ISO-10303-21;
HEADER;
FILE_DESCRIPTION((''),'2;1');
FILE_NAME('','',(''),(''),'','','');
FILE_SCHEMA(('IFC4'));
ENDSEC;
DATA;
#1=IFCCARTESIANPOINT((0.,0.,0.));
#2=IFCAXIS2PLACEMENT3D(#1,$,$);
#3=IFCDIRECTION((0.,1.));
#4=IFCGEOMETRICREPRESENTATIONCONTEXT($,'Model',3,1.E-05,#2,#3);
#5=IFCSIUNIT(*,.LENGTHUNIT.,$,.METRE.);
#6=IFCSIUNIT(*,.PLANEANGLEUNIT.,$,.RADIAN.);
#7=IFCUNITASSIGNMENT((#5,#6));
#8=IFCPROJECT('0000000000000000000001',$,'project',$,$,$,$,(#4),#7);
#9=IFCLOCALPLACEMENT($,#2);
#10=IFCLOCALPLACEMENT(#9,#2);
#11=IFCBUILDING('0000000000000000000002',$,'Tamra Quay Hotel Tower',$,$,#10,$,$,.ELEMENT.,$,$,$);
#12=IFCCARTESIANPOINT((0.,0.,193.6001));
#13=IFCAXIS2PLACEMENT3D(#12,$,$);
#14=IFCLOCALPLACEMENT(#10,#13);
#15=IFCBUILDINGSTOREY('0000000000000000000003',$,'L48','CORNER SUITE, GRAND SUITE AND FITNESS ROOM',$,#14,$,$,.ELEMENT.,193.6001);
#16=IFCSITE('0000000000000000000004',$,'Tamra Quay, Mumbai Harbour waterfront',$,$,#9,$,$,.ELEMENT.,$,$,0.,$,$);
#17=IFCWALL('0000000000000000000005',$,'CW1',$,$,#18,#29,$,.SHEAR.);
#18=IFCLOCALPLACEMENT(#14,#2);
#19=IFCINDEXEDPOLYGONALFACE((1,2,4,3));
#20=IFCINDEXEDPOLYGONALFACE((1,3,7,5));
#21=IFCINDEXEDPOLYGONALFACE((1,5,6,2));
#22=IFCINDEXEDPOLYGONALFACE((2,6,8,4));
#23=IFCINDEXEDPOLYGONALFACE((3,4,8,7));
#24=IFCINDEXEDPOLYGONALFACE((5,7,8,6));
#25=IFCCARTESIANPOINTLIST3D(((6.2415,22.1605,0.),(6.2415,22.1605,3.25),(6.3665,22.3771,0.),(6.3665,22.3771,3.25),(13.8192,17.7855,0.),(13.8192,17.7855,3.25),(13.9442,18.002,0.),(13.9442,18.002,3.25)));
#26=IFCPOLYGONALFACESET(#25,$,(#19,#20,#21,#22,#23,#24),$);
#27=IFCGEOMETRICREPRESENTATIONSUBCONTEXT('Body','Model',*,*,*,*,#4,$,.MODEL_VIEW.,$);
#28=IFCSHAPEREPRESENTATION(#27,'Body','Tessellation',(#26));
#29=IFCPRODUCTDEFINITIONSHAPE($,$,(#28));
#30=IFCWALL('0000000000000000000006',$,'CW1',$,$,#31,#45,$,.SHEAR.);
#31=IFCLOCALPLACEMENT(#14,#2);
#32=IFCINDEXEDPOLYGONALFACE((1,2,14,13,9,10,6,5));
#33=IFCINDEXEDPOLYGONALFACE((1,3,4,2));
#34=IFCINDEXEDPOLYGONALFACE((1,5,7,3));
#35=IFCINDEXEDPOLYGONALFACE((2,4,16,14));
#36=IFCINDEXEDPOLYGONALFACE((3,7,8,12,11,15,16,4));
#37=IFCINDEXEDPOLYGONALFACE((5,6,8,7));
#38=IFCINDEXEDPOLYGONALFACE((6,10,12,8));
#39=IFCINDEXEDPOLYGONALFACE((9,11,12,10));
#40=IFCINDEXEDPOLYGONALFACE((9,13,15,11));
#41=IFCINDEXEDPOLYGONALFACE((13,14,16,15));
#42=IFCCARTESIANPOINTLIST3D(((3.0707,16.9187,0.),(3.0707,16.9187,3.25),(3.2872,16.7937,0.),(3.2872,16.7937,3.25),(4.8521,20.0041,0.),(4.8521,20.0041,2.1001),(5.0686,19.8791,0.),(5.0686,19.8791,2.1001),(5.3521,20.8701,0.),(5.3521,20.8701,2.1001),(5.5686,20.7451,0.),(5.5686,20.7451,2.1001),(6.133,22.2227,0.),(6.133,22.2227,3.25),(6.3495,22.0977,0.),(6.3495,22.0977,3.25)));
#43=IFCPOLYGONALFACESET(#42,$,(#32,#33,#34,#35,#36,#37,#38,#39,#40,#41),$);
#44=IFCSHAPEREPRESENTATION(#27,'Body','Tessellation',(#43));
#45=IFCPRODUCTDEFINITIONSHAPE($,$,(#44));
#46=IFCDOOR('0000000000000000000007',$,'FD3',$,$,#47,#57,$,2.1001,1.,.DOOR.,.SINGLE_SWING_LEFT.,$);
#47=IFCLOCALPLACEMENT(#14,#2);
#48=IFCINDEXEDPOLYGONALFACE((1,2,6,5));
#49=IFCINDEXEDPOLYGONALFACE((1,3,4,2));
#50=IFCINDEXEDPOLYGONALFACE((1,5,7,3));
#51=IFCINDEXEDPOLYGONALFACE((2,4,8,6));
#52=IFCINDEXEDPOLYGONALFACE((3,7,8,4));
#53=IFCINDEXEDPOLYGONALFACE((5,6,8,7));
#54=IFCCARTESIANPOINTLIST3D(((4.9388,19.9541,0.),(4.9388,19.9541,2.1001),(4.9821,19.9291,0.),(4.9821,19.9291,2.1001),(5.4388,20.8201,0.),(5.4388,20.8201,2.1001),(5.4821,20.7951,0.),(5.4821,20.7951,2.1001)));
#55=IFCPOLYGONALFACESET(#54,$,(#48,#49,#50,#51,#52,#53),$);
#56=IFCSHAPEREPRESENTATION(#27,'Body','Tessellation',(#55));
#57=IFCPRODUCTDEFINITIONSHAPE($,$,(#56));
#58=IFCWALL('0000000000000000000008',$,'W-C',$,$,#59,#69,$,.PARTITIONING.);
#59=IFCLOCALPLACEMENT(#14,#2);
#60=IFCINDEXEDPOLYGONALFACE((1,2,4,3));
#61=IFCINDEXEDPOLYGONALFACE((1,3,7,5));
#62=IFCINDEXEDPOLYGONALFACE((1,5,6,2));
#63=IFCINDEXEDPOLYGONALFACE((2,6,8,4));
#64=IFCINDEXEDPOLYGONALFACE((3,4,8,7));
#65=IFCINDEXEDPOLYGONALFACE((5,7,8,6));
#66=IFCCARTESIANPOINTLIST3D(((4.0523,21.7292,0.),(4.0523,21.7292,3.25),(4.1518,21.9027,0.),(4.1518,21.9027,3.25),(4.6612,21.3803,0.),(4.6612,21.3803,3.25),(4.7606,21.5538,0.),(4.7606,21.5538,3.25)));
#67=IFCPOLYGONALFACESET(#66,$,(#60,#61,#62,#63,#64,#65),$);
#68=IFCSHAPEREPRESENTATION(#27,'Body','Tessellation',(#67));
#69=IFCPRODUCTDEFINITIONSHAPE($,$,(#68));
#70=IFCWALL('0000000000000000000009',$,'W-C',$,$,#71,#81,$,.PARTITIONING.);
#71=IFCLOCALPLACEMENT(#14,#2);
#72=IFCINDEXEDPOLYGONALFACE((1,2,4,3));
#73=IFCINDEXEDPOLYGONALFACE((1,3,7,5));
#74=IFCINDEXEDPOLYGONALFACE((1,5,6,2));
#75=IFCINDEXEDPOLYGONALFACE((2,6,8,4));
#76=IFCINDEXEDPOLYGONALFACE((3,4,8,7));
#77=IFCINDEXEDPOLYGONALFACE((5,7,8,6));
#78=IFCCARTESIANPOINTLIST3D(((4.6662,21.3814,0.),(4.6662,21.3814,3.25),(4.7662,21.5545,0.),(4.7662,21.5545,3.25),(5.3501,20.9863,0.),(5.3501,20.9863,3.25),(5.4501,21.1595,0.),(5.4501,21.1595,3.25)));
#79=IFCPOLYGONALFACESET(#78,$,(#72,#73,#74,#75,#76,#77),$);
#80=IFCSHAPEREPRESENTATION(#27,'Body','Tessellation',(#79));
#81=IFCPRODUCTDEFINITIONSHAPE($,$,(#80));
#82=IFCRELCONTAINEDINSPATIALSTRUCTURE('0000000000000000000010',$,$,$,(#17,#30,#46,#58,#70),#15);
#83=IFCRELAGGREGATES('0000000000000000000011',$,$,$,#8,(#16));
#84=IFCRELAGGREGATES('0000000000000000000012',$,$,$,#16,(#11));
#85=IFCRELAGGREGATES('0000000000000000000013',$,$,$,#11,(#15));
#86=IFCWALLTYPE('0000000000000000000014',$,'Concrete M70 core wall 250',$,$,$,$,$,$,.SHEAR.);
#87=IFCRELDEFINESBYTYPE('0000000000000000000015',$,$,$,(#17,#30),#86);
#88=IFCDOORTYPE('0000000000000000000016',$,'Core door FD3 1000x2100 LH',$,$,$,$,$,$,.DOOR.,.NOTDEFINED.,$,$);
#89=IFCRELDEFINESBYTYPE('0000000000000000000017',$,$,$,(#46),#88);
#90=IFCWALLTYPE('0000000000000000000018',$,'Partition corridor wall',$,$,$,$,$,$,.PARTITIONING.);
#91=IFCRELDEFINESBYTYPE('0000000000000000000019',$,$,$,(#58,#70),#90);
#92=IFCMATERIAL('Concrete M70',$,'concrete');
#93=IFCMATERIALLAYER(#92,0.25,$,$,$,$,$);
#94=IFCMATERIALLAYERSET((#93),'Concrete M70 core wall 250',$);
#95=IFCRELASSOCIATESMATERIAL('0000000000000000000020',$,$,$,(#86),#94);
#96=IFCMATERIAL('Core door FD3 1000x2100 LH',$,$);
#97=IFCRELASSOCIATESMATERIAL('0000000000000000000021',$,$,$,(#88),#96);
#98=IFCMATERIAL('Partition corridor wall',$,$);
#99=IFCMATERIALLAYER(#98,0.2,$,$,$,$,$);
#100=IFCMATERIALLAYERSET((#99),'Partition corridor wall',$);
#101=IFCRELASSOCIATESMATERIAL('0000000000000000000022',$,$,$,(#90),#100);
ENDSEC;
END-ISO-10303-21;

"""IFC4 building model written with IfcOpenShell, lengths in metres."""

from ifc_helpers import new_model, si_unit, direction, frame, frame_2d, origin, place, context, subcontext, project, spatial, rectangle, extrude, material, layer, layer_set, type_object, element, fill, save


model = new_model("IFC4")

# Units and contexts
model_context = context("Model", 3, precision=1e-05, world=origin(), true_north=direction((0.0, 1.0)))
body_context = subcontext(model_context, "Body", "Model", "MODEL_VIEW")
ifc_project = project(units=[si_unit("LENGTHUNIT", "METRE"), si_unit("PLANEANGLEUNIT", "RADIAN")], contexts=[model_context])

# Site, building, storey
site_placement = place(None, origin())
site = spatial("IfcSite", under=ifc_project, at=site_placement, Name="Tamra Quay, Mumbai Harbour waterfront", CompositionType="ELEMENT", RefElevation=0.0)
building_placement = place(site_placement, origin())
building = spatial("IfcBuilding", under=site, at=building_placement, Name="Tamra Quay Hotel Tower", CompositionType="ELEMENT")
storey_placement = place(building_placement, frame((0.0, 0.0, 193.6001)))
storey = spatial("IfcBuildingStorey", under=building, at=storey_placement, Name="L48", Description="CORNER SUITE, GRAND SUITE AND FITNESS ROOM", CompositionType="ELEMENT", Elevation=193.6001)

# Shared definitions
ifc_material_1 = material(Name="Concrete M70", Category="concrete")

# Wall
ifc_layer_1 = layer(ifc_material_1, 0.25)
ifc_layer_set_1 = layer_set([ifc_layer_1], Name="Concrete M70 core wall 250")
wall_type_1 = type_object("IfcWallType", Name="Concrete M70 core wall 250", PredefinedType="SHEAR", material=ifc_layer_set_1)
wall_1_placement = place(storey_placement, frame((6.304, 22.2688, 0.0), z_axis=(0.0, 0.0, 1.0), x_axis=(0.866023, -0.500004, 0.0)))
element("IfcWall", 1, at=wall_1_placement, inside=storey, type_object=wall_type_1, Name="CW1", PredefinedType="SHEAR", context=body_context, shape_type="SweptSolid", body=[
    extrude(rectangle(XDim=8.75, YDim=0.25, at=frame_2d((4.375, 0.0))), origin(), (0.0, 0.0, 1.0), 3.25),
])

# Wall, opening, door
wall_2_placement = place(storey_placement, frame((3.179, 16.8562, 0.0), z_axis=(0.0, 0.0, 1.0), x_axis=(0.500002, 0.866024, 0.0)))
wall_2 = element("IfcWall", 2, at=wall_2_placement, inside=storey, type_object=wall_type_1, Name="CW1", PredefinedType="SHEAR", context=body_context, shape_type="SweptSolid", body=[
    extrude(rectangle(XDim=6.1245, YDim=0.25, at=frame_2d((3.0623, 0.0))), origin(), (0.0, 0.0, 1.0), 3.25),
])
opening_placement = place(wall_2_placement, frame((3.5627, 0.0, 0.0)))
opening = element("IfcOpeningElement", 3, at=opening_placement, cuts=wall_2, PredefinedType="OPENING", context=body_context, shape_type="SweptSolid", body=[
    extrude(rectangle(XDim=1.0, YDim=2.1001, at=frame_2d((0.5, 1.05))), frame((0.0, 0.135, 0.0), z_axis=(0.0, -1.0, 0.0), x_axis=(1.0, 0.0, 0.0)), (0.0, 0.0, 1.0), 0.27),
])
ifc_material_2 = material(Name="Core door FD3 1000x2100 LH")
door_type = type_object("IfcDoorType", Name="Core door FD3 1000x2100 LH", OperationType="NOTDEFINED", PredefinedType="DOOR", material=ifc_material_2)
door_placement = place(opening_placement, origin())
door = element("IfcDoor", 4, at=door_placement, inside=storey, type_object=door_type, Name="FD3", OperationType="SINGLE_SWING_LEFT", OverallHeight=2.1001, OverallWidth=1.0, PredefinedType="DOOR", context=body_context, shape_type="SweptSolid", body=[
    extrude(rectangle(XDim=1.0, YDim=2.1001, at=frame_2d((0.5, 1.05))), frame((0.0, 0.0249, 0.0), z_axis=(0.0, -1.0, 0.0), x_axis=(1.0, 0.0, 0.0)), (0.0, 0.0, 1.0), 0.05),
])
fill(opening, door)

# Walls
ifc_material_3 = material(Name="Partition corridor wall")
ifc_layer_2 = layer(ifc_material_3, 0.2)
ifc_layer_set_2 = layer_set([ifc_layer_2], Name="Partition corridor wall")
wall_type_2 = type_object("IfcWallType", Name="Partition corridor wall", PredefinedType="PARTITIONING", material=ifc_layer_set_2)
wall_3_placement = place(storey_placement, frame((4.1021, 21.8159, 0.0), z_axis=(0.0, 0.0, 1.0), x_axis=(0.867665, -0.49715, 0.0)))
element("IfcWall", 5, at=wall_3_placement, inside=storey, type_object=wall_type_2, Name="W-C", PredefinedType="PARTITIONING", context=body_context, shape_type="SweptSolid", body=[
    extrude(rectangle(XDim=0.7017, YDim=0.2, at=frame_2d((0.3508, 0.0))), origin(), (0.0, 0.0, 1.0), 3.25),
])
wall_4_placement = place(storey_placement, frame((4.7161, 21.468, 0.0), z_axis=(0.0, 0.0, 1.0), x_axis=(0.865913, -0.500195, 0.0)))
element("IfcWall", 6, at=wall_4_placement, inside=storey, type_object=wall_type_2, Name="W-C", PredefinedType="PARTITIONING", context=body_context, shape_type="SweptSolid", body=[
    extrude(rectangle(XDim=0.7898, YDim=0.2, at=frame_2d((0.395, 0.0))), origin(), (0.0, 0.0, 1.0), 3.25),
])

save(model, "model.ifc")
